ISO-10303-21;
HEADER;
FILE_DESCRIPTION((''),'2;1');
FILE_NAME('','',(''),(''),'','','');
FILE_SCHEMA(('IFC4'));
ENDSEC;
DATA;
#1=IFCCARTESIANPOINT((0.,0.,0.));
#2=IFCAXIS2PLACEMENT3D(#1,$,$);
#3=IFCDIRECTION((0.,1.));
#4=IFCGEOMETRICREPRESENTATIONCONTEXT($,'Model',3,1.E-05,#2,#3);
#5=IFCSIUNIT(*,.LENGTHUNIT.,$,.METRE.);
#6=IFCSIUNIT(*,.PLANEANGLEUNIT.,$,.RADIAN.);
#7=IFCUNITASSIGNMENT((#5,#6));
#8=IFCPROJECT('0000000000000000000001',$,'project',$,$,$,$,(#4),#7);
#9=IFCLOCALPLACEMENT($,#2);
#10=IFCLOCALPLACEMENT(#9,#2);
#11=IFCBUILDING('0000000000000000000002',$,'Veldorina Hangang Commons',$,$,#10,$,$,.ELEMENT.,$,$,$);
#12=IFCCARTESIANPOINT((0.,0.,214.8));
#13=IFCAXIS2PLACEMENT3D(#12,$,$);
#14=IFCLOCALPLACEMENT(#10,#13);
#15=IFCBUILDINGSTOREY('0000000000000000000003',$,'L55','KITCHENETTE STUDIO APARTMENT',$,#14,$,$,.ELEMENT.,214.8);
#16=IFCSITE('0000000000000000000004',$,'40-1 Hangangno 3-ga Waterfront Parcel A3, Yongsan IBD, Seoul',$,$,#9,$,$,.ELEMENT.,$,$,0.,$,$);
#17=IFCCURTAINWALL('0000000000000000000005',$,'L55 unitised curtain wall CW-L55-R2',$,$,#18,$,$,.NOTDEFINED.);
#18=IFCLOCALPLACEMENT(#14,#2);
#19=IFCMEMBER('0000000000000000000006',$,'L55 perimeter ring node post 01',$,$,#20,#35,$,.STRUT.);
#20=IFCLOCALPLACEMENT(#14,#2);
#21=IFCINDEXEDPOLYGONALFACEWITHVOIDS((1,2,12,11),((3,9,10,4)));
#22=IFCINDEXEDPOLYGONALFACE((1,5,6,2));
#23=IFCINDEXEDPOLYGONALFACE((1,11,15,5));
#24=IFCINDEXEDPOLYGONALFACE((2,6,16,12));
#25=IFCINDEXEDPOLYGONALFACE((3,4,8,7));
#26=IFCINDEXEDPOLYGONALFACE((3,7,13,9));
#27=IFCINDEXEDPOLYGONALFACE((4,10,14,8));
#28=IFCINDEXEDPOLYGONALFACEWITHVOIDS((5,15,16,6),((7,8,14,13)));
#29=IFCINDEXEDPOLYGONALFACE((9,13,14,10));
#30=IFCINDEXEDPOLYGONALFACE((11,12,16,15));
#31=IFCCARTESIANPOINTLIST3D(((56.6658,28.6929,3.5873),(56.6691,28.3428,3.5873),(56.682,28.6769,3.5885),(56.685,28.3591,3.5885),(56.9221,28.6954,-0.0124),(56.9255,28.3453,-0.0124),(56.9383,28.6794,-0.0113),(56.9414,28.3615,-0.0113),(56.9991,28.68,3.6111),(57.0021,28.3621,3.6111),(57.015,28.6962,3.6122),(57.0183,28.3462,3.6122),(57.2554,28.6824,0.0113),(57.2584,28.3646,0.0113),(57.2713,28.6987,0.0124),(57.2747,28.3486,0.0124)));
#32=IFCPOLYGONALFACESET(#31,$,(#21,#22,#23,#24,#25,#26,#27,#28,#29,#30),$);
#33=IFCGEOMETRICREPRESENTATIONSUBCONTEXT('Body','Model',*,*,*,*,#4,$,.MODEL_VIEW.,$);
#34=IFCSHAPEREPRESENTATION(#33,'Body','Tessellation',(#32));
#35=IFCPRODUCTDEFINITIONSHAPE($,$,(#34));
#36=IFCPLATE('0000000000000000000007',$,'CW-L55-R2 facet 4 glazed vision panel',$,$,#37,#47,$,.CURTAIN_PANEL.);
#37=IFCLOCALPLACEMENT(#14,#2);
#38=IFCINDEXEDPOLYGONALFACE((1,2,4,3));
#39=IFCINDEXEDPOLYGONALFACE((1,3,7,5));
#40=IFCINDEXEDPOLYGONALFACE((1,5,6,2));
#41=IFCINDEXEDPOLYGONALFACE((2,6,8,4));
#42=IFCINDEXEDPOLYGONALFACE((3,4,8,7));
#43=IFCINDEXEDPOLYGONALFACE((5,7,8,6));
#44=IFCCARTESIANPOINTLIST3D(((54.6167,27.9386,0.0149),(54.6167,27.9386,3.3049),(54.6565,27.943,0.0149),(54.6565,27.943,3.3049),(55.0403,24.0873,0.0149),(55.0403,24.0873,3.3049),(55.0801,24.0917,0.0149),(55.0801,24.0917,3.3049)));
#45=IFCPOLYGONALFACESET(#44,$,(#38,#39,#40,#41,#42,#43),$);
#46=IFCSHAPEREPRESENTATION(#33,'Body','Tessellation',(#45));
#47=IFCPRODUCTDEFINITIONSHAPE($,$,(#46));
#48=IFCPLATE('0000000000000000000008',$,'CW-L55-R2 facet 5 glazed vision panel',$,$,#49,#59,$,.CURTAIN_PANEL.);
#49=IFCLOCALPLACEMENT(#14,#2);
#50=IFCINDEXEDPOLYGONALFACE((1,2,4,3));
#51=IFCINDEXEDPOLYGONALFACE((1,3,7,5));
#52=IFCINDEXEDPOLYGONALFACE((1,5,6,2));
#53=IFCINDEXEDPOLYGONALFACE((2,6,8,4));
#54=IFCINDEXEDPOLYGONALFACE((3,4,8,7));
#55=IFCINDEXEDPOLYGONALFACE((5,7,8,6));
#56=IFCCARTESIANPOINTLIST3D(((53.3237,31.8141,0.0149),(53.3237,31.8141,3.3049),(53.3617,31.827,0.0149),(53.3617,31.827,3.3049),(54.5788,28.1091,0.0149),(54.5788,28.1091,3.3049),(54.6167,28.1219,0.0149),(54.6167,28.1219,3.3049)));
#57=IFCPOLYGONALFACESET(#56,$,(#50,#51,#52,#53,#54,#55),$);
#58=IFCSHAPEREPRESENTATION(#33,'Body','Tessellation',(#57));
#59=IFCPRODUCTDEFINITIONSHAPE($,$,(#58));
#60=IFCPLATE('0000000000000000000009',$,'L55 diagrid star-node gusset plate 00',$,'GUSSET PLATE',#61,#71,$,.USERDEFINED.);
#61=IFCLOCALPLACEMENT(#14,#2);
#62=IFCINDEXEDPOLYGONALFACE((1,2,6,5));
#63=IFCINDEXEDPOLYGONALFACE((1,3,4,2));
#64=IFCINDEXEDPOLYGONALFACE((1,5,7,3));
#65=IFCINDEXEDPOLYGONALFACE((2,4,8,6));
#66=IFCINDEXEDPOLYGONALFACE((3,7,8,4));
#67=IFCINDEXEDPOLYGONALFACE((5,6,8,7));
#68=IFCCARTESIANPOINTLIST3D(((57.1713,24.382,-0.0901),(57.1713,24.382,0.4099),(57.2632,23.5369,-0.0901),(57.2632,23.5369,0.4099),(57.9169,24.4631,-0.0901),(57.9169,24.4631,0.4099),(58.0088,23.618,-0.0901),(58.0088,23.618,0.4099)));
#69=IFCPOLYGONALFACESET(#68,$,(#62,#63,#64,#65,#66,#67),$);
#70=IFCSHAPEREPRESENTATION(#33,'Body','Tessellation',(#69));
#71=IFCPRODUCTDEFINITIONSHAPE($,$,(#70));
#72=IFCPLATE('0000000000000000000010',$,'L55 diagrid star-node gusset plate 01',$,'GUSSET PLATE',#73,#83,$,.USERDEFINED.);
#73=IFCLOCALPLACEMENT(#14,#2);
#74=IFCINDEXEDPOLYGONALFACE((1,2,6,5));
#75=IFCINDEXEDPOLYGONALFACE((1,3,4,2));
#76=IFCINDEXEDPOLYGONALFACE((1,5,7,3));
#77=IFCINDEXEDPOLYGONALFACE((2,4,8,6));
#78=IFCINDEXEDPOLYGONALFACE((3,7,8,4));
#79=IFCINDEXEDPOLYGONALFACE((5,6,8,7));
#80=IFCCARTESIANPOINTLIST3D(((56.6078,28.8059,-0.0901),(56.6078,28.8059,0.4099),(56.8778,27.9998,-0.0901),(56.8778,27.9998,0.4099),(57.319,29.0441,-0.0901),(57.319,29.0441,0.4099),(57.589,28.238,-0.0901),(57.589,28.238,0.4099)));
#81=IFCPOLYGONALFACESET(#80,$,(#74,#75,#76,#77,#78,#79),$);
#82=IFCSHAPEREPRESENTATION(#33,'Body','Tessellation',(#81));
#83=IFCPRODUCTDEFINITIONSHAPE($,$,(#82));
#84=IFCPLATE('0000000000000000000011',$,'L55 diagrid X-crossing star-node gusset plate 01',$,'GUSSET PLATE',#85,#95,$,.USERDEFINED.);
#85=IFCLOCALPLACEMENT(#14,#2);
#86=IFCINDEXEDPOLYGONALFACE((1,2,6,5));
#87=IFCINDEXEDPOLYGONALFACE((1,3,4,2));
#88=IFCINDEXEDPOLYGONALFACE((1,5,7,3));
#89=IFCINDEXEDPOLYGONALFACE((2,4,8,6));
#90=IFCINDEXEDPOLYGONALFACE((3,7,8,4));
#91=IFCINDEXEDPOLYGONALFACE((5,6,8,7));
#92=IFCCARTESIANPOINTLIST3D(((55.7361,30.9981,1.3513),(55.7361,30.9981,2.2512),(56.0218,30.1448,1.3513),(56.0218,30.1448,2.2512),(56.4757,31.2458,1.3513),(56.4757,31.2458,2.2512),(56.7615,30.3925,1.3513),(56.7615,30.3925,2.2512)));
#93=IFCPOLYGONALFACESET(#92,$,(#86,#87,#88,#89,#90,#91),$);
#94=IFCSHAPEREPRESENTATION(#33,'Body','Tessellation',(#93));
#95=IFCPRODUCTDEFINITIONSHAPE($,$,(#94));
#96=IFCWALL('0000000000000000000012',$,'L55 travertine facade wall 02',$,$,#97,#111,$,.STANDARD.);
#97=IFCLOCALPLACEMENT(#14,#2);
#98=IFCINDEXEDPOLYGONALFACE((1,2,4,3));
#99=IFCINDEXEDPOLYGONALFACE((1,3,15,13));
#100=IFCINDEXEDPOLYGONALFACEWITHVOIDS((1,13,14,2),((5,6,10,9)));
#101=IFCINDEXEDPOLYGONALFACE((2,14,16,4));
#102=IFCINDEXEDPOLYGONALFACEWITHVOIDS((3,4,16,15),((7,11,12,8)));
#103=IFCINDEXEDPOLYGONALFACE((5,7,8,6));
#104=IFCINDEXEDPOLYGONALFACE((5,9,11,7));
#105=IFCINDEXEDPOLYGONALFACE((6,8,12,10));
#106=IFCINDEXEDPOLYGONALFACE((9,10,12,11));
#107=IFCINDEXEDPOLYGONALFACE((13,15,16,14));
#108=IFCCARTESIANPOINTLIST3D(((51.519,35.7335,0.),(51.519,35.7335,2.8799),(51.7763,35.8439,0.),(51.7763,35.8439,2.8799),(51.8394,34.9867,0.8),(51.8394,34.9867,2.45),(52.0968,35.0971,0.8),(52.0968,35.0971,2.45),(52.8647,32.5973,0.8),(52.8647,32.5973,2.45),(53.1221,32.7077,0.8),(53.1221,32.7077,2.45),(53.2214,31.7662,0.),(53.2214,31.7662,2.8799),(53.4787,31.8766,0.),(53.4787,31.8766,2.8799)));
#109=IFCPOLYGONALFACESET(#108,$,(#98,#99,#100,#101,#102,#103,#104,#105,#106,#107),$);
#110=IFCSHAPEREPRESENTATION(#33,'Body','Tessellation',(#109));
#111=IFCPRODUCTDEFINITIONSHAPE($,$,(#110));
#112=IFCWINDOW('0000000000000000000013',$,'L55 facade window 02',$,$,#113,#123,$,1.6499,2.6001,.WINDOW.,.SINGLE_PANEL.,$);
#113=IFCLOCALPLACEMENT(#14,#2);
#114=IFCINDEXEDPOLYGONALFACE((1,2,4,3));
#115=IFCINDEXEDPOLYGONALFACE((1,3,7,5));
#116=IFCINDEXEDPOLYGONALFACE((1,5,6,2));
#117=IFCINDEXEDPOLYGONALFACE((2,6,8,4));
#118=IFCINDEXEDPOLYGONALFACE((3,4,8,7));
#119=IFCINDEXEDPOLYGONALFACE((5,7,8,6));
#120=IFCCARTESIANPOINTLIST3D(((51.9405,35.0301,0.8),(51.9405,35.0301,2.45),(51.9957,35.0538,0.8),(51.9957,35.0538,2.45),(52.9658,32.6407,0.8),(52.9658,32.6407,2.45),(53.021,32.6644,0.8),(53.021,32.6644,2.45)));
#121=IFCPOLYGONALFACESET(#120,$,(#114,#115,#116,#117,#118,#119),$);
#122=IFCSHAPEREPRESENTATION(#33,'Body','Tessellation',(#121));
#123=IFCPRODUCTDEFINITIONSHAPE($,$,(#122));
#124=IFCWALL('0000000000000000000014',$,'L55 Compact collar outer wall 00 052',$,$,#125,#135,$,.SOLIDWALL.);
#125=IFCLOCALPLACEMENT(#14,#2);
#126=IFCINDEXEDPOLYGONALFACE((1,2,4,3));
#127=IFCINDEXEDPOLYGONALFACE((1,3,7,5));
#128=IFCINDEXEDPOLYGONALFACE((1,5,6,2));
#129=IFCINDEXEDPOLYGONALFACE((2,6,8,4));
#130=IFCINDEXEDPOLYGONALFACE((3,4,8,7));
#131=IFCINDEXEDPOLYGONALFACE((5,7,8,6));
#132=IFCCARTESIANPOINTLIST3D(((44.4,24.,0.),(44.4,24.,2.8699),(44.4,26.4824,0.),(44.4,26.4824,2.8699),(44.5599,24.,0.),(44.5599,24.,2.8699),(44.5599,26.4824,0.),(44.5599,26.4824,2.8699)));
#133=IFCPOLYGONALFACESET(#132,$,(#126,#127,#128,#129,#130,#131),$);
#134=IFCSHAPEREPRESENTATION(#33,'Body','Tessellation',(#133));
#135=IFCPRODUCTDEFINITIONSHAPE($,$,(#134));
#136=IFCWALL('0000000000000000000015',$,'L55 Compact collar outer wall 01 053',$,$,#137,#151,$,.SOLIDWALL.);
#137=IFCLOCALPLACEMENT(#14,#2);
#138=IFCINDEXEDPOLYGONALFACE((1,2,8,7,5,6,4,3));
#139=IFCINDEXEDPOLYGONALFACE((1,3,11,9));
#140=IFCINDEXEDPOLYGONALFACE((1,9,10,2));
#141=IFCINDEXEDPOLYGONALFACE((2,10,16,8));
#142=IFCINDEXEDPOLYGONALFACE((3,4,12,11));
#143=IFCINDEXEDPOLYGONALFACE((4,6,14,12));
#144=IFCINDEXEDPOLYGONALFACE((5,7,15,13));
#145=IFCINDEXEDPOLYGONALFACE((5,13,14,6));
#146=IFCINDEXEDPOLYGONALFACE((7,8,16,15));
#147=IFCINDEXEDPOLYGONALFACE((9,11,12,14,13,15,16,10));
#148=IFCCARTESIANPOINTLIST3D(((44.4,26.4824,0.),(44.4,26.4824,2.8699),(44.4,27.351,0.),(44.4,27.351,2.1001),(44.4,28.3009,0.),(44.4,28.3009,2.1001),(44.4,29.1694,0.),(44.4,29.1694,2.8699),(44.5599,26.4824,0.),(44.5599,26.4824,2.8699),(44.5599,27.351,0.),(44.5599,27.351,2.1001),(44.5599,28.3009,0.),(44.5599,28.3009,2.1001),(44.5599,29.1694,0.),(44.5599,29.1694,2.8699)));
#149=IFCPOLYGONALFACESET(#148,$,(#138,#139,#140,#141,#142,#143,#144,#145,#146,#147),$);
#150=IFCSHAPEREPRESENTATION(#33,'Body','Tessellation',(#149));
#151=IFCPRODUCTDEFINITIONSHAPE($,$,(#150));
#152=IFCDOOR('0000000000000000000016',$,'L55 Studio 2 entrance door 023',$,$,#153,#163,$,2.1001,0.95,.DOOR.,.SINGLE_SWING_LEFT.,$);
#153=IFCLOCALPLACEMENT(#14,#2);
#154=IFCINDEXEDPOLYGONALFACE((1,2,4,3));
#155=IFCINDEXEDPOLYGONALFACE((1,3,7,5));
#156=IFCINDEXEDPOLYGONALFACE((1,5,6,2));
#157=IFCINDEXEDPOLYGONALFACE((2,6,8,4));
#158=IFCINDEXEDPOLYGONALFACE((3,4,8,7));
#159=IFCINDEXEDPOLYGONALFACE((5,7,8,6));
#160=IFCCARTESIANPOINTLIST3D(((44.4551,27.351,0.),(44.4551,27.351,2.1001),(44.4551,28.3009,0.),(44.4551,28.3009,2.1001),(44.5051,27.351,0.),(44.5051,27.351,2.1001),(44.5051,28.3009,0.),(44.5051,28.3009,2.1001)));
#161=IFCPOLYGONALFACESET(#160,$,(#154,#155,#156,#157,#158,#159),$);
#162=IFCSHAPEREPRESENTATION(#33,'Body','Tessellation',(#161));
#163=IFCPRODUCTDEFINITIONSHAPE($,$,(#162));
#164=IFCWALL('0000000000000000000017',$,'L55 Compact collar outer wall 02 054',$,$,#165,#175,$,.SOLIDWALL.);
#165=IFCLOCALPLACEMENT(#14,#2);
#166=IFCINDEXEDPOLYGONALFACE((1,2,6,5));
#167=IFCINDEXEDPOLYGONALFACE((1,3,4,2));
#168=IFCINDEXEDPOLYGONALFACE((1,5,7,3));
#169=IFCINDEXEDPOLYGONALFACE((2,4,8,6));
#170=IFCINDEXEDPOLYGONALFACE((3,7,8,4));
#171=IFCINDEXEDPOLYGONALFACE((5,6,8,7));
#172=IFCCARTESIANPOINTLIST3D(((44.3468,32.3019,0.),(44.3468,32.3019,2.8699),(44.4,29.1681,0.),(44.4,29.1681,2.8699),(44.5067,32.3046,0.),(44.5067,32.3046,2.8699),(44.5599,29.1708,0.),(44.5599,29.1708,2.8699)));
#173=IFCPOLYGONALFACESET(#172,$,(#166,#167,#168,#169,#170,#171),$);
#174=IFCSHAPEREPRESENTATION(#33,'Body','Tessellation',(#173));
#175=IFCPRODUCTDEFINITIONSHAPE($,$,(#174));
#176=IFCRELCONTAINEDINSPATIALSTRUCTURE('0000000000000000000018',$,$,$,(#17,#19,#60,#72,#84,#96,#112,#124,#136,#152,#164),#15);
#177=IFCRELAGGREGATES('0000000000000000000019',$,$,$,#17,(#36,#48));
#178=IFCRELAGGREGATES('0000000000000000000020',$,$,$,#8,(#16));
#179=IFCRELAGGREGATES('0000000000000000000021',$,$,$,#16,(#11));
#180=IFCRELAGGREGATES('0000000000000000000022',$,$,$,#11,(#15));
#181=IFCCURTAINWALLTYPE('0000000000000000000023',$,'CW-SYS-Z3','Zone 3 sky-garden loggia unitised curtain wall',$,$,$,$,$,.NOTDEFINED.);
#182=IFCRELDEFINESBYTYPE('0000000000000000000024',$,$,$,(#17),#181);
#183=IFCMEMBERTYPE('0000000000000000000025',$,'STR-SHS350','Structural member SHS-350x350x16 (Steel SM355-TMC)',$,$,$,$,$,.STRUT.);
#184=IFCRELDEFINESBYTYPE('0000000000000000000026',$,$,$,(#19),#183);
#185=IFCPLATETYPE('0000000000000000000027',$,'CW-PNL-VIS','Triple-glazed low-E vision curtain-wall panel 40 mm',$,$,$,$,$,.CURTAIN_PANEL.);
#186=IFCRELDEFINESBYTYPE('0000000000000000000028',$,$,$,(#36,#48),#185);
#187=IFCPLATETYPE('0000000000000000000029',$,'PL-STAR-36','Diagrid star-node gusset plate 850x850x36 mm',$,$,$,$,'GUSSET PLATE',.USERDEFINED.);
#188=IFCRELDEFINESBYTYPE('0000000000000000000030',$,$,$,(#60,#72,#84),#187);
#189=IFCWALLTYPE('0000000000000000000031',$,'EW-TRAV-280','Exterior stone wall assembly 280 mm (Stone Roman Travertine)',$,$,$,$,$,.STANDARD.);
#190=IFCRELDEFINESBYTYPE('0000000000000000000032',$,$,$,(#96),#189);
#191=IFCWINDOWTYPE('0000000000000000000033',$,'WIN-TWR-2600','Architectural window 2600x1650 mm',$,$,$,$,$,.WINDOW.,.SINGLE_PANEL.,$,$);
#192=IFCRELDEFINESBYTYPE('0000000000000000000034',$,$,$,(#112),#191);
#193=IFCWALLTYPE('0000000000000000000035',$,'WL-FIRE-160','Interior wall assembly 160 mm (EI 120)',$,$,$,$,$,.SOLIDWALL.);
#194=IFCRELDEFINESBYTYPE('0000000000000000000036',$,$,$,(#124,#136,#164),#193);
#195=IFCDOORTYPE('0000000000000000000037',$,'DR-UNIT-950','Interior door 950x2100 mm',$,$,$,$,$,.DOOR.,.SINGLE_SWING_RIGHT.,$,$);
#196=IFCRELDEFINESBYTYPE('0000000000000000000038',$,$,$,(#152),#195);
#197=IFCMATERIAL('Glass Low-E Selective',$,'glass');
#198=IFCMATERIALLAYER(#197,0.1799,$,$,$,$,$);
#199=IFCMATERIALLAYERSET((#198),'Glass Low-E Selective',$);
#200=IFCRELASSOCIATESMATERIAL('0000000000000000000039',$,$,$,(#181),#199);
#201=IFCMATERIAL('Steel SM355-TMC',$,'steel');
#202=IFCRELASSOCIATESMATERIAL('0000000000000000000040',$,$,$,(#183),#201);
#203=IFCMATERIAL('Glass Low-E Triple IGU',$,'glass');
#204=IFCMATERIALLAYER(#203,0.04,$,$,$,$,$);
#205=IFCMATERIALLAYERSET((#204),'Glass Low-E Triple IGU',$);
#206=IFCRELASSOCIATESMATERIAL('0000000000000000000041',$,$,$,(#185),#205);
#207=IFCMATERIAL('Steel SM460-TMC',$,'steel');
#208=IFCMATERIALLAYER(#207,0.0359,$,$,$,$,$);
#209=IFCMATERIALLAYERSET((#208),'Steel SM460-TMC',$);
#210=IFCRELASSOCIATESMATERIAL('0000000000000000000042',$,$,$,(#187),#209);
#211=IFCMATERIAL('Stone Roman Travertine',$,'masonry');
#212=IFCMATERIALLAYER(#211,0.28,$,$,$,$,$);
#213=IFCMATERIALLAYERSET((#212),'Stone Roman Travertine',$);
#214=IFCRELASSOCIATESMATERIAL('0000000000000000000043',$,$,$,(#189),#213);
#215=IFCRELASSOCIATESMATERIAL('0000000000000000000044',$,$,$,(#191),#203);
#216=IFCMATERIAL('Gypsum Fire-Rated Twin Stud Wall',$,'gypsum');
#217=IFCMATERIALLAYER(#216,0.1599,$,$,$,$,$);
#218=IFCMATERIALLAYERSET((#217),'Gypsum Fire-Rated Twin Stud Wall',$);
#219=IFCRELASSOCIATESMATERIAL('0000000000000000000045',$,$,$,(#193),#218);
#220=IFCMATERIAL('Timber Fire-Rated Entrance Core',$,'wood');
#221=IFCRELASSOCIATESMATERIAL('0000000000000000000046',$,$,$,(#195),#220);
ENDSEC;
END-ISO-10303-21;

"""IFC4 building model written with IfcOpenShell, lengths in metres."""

from ifc_helpers import new_model, si_unit, direction, frame, frame_2d, origin, origin_2d, place, context, subcontext, project, spatial, rectangle, hollow_rectangle, extrude, material, layer, layer_set, material_profile, profile_set, type_object, element, fill, aggregate, save


model = new_model("IFC4")

# Units and contexts
model_context = context("Model", 3, precision=1e-05, world=origin(), true_north=direction((0.0, 1.0)))
body_context = subcontext(model_context, "Body", "Model", "MODEL_VIEW")
ifc_project = project(units=[si_unit("LENGTHUNIT", "METRE"), si_unit("PLANEANGLEUNIT", "RADIAN")], contexts=[model_context])

# Site, building, storey
site_placement = place(None, origin())
site = spatial("IfcSite", under=ifc_project, at=site_placement, Name="40-1 Hangangno 3-ga Waterfront Parcel A3, Yongsan IBD, Seoul", CompositionType="ELEMENT", RefElevation=0.0)
building_placement = place(site_placement, origin())
building = spatial("IfcBuilding", under=site, at=building_placement, Name="Veldorina Hangang Commons", CompositionType="ELEMENT")
storey_placement = place(building_placement, frame((0.0, 0.0, 214.8)))
storey = spatial("IfcBuildingStorey", under=building, at=storey_placement, Name="L55", Description="KITCHENETTE STUDIO APARTMENT", CompositionType="ELEMENT", Elevation=214.8)

# Shared definitions
ifc_material_1 = material(Name="Steel SM355-TMC", Category="steel")

# Curtain wall
ifc_material_2 = material(Name="Glass Low-E Selective", Category="glass")
ifc_layer_1 = layer(ifc_material_2, 0.1799)
ifc_layer_set_1 = layer_set([ifc_layer_1], Name="Glass Low-E Selective")
curtain_wall_type = type_object("IfcCurtainWallType", Name="CW-SYS-Z3", Description="Zone 3 sky-garden loggia unitised curtain wall", PredefinedType="NOTDEFINED", material=ifc_layer_set_1)
curtain_wall_placement = place(storey_placement, origin())
curtain_wall = element("IfcCurtainWall", 1, at=curtain_wall_placement, inside=storey, type_object=curtain_wall_type, Name="L55 unitised curtain wall CW-L55-R2", PredefinedType="NOTDEFINED")

# Member
ifc_material_profile_1 = material_profile(ifc_material_1, hollow_rectangle(XDim=0.3501, YDim=0.3501, WallThickness=0.0161, at=origin_2d()), Name="SHS-350x350x16")
ifc_profile_set_1 = profile_set([ifc_material_profile_1], Name="Steel SM355-TMC")
member_type_1 = type_object("IfcMemberType", Name="STR-SHS350", Description="Structural member SHS-350x350x16 (Steel SM355-TMC)", PredefinedType="STRUT", material=ifc_profile_set_1)
member_1_placement = place(storey_placement, frame((57.0984, 28.522, 0.0), z_axis=(-0.071031, -0.000676, 0.997474), x_axis=(0.009523, -0.999955, 0.0)))
element("IfcMember", 2, at=member_1_placement, inside=storey, type_object=member_type_1, Name="L55 perimeter ring node post 01", PredefinedType="STRUT", context=body_context, shape_type="SweptSolid", body=[
    extrude(hollow_rectangle(XDim=0.3501, YDim=0.3501, WallThickness=0.0161, at=origin_2d()), origin(), (0.0, 0.0, 1.0), 3.6089),
])

# Plates
ifc_material_3 = material(Name="Glass Low-E Triple IGU", Category="glass")
ifc_layer_2 = layer(ifc_material_3, 0.04)
ifc_layer_set_2 = layer_set([ifc_layer_2], Name="Glass Low-E Triple IGU")
plate_type_1 = type_object("IfcPlateType", Name="CW-PNL-VIS", Description="Triple-glazed low-E vision curtain-wall panel 40 mm", PredefinedType="CURTAIN_PANEL", material=ifc_layer_set_2)
plate_1_placement = place(storey_placement, frame((54.8484, 26.0151, 0.0149), z_axis=(0.0, 0.0, 1.0), x_axis=(-0.109335, 0.994005, 0.0)))
plate_1 = element("IfcPlate", 3, at=plate_1_placement, type_object=plate_type_1, Name="CW-L55-R2 facet 4 glazed vision panel", PredefinedType="CURTAIN_PANEL", context=body_context, shape_type="SweptSolid", body=[
    extrude(rectangle(XDim=3.8745, YDim=0.04, at=origin_2d()), origin(), (0.0, 0.0, 1.0), 3.29),
])
plate_2_placement = place(storey_placement, frame((53.9702, 29.968, 0.0149), z_axis=(0.0, 0.0, 1.0), x_axis=(-0.320828, 0.947138, 0.0)))
plate_2 = element("IfcPlate", 4, at=plate_2_placement, type_object=plate_type_1, Name="CW-L55-R2 facet 5 glazed vision panel", PredefinedType="CURTAIN_PANEL", context=body_context, shape_type="SweptSolid", body=[
    extrude(rectangle(XDim=3.9119, YDim=0.04, at=origin_2d()), origin(), (0.0, 0.0, 1.0), 3.29),
])
aggregate(curtain_wall, [plate_1, plate_2])

# Plates
ifc_material_4 = material(Name="Steel SM460-TMC", Category="steel")
ifc_layer_3 = layer(ifc_material_4, 0.0359)
ifc_layer_set_3 = layer_set([ifc_layer_3], Name="Steel SM460-TMC")
plate_type_2 = type_object("IfcPlateType", Name="PL-STAR-36", Description="Diagrid star-node gusset plate 850x850x36 mm", ElementType="GUSSET PLATE", PredefinedType="USERDEFINED", material=ifc_layer_set_3)
for number, where, z_axis, x_axis, name in (
    (5, (57.5901, 24.0, -0.0901), (0.0, 0.0, 1.0), (-0.108103, 0.99414, 0.0), "L55 diagrid star-node gusset plate 00"),
    (6, (57.0984, 28.522, -0.0901), (0.0, 0.0, 1.0), (-0.317569, 0.948235, 0.0), "L55 diagrid star-node gusset plate 01"),
):
    element("IfcPlate", number, at=place(storey_placement, frame(where, z_axis=z_axis, x_axis=x_axis)), inside=storey, type_object=plate_type_2, Name=name, ObjectType="GUSSET PLATE", PredefinedType="USERDEFINED", context=body_context, shape_type="SweptSolid", body=[
        extrude(rectangle(XDim=0.8501, YDim=0.75, at=origin_2d()), origin(), (0.0, 0.0, 1.0), 0.5),
    ])
plate_3_placement = place(storey_placement, frame((56.2488, 30.6953, 1.3513), z_axis=(0.0, 0.0, 1.0), x_axis=(-0.317569, 0.948235, 0.0)))
element("IfcPlate", 7, at=plate_3_placement, inside=storey, type_object=plate_type_2, Name="L55 diagrid X-crossing star-node gusset plate 01", ObjectType="GUSSET PLATE", PredefinedType="USERDEFINED", context=body_context, shape_type="SweptSolid", body=[
    extrude(rectangle(XDim=0.8999, YDim=0.78, at=origin_2d()), origin(), (0.0, 0.0, 1.0), 0.8999),
])

# Wall, opening, window
ifc_material_5 = material(Name="Stone Roman Travertine", Category="masonry")
ifc_layer_4 = layer(ifc_material_5, 0.28)
ifc_layer_set_4 = layer_set([ifc_layer_4], Name="Stone Roman Travertine")
wall_type_1 = type_object("IfcWallType", Name="EW-TRAV-280", Description="Exterior stone wall assembly 280 mm (Stone Roman Travertine)", PredefinedType="STANDARD", material=ifc_layer_set_4)
wall_1_placement = place(storey_placement, frame((53.3501, 31.8213, 0.0), z_axis=(0.0, 0.0, 1.0), x_axis=(-0.394336, 0.918967, 0.0)))
wall_1 = element("IfcWall", 8, at=wall_1_placement, inside=storey, type_object=wall_type_1, Name="L55 travertine facade wall 02", PredefinedType="STANDARD", context=body_context, shape_type="SweptSolid", body=[
    extrude(rectangle(XDim=4.3171, YDim=0.28, at=frame_2d((2.1587, 0.0))), origin(), (0.0, 0.0, 1.0), 2.8799),
])
opening_1_placement = place(wall_1_placement, frame((0.9045, 0.0, 0.8)))
opening_1 = element("IfcOpeningElement", 9, at=opening_1_placement, cuts=wall_1, PredefinedType="OPENING", context=body_context, shape_type="SweptSolid", body=[
    extrude(rectangle(XDim=2.6001, YDim=1.6499, at=frame_2d((1.3, 0.825))), frame((0.0, 0.1499, 0.0), z_axis=(0.0, -1.0, 0.0), x_axis=(1.0, 0.0, 0.0)), (0.0, 0.0, 1.0), 0.3),
])
window_type = type_object("IfcWindowType", Name="WIN-TWR-2600", Description="Architectural window 2600x1650 mm", PartitioningType="SINGLE_PANEL", PredefinedType="WINDOW", material=ifc_material_3)
window_placement = place(opening_1_placement, origin())
window = element("IfcWindow", 10, at=window_placement, inside=storey, type_object=window_type, Name="L55 facade window 02", OverallHeight=1.6499, OverallWidth=2.6001, PartitioningType="SINGLE_PANEL", PredefinedType="WINDOW", context=body_context, shape_type="SweptSolid", body=[
    extrude(rectangle(XDim=2.6001, YDim=1.6499, at=frame_2d((1.3, 0.825))), frame((0.0, 0.03, 0.0), z_axis=(0.0, -1.0, 0.0), x_axis=(1.0, 0.0, 0.0)), (0.0, 0.0, 1.0), 0.0601),
])
fill(opening_1, window)

# Wall
ifc_material_6 = material(Name="Gypsum Fire-Rated Twin Stud Wall", Category="gypsum")
ifc_layer_5 = layer(ifc_material_6, 0.1599)
ifc_layer_set_5 = layer_set([ifc_layer_5], Name="Gypsum Fire-Rated Twin Stud Wall")
wall_type_2 = type_object("IfcWallType", Name="WL-FIRE-160", Description="Interior wall assembly 160 mm (EI 120)", PredefinedType="SOLIDWALL", material=ifc_layer_set_5)
wall_2_placement = place(storey_placement, frame((44.48, 24.0, 0.0), z_axis=(0.0, 0.0, 1.0), x_axis=(0.0, 1.0, 0.0)))
element("IfcWall", 11, at=wall_2_placement, inside=storey, type_object=wall_type_2, Name="L55 Compact collar outer wall 00 052", PredefinedType="SOLIDWALL", context=body_context, shape_type="SweptSolid", body=[
    extrude(rectangle(XDim=2.4824, YDim=0.1599, at=frame_2d((1.2412, 0.0))), origin(), (0.0, 0.0, 1.0), 2.8699),
])

# Wall, opening, door
wall_3_placement = place(storey_placement, frame((44.48, 26.4824, 0.0), z_axis=(0.0, 0.0, 1.0), x_axis=(0.0, 1.0, 0.0)))
wall_3 = element("IfcWall", 12, at=wall_3_placement, inside=storey, type_object=wall_type_2, Name="L55 Compact collar outer wall 01 053", PredefinedType="SOLIDWALL", context=body_context, shape_type="SweptSolid", body=[
    extrude(rectangle(XDim=2.687, YDim=0.1599, at=frame_2d((1.3435, 0.0))), origin(), (0.0, 0.0, 1.0), 2.8699),
])
opening_2_placement = place(wall_3_placement, frame((0.8684, 0.0, 0.0)))
opening_2 = element("IfcOpeningElement", 13, at=opening_2_placement, cuts=wall_3, PredefinedType="OPENING", context=body_context, shape_type="SweptSolid", body=[
    extrude(rectangle(XDim=0.95, YDim=2.1001, at=frame_2d((0.4751, 1.05))), frame((0.0, 0.0898, 0.0), z_axis=(0.0, -1.0, 0.0), x_axis=(1.0, 0.0, 0.0)), (0.0, 0.0, 1.0), 0.1799),
])
ifc_material_7 = material(Name="Timber Fire-Rated Entrance Core", Category="wood")
door_type_1 = type_object("IfcDoorType", Name="DR-UNIT-950", Description="Interior door 950x2100 mm", OperationType="SINGLE_SWING_RIGHT", PredefinedType="DOOR", material=ifc_material_7)
door_1_placement = place(opening_2_placement, origin())
door_1 = element("IfcDoor", 14, at=door_1_placement, inside=storey, type_object=door_type_1, Name="L55 Studio 2 entrance door 023", OperationType="SINGLE_SWING_LEFT", OverallHeight=2.1001, OverallWidth=0.95, PredefinedType="DOOR", context=body_context, shape_type="SweptSolid", body=[
    extrude(rectangle(XDim=0.95, YDim=2.1001, at=frame_2d((0.4751, 1.05))), frame((0.0, 0.0249, 0.0), z_axis=(0.0, -1.0, 0.0), x_axis=(1.0, 0.0, 0.0)), (0.0, 0.0, 1.0), 0.05),
])
fill(opening_2, door_1)

# Wall
wall_4_placement = place(storey_placement, frame((44.48, 29.1694, 0.0), z_axis=(0.0, 0.0, 1.0), x_axis=(-0.016981, 0.999856, 0.0)))
element("IfcWall", 15, at=wall_4_placement, inside=storey, type_object=wall_type_2, Name="L55 Compact collar outer wall 02 054", PredefinedType="SOLIDWALL", context=body_context, shape_type="SweptSolid", body=[
    extrude(rectangle(XDim=3.1343, YDim=0.1599, at=frame_2d((1.5671, 0.0))), origin(), (0.0, 0.0, 1.0), 2.8699),
])

save(model, "model.ifc")
